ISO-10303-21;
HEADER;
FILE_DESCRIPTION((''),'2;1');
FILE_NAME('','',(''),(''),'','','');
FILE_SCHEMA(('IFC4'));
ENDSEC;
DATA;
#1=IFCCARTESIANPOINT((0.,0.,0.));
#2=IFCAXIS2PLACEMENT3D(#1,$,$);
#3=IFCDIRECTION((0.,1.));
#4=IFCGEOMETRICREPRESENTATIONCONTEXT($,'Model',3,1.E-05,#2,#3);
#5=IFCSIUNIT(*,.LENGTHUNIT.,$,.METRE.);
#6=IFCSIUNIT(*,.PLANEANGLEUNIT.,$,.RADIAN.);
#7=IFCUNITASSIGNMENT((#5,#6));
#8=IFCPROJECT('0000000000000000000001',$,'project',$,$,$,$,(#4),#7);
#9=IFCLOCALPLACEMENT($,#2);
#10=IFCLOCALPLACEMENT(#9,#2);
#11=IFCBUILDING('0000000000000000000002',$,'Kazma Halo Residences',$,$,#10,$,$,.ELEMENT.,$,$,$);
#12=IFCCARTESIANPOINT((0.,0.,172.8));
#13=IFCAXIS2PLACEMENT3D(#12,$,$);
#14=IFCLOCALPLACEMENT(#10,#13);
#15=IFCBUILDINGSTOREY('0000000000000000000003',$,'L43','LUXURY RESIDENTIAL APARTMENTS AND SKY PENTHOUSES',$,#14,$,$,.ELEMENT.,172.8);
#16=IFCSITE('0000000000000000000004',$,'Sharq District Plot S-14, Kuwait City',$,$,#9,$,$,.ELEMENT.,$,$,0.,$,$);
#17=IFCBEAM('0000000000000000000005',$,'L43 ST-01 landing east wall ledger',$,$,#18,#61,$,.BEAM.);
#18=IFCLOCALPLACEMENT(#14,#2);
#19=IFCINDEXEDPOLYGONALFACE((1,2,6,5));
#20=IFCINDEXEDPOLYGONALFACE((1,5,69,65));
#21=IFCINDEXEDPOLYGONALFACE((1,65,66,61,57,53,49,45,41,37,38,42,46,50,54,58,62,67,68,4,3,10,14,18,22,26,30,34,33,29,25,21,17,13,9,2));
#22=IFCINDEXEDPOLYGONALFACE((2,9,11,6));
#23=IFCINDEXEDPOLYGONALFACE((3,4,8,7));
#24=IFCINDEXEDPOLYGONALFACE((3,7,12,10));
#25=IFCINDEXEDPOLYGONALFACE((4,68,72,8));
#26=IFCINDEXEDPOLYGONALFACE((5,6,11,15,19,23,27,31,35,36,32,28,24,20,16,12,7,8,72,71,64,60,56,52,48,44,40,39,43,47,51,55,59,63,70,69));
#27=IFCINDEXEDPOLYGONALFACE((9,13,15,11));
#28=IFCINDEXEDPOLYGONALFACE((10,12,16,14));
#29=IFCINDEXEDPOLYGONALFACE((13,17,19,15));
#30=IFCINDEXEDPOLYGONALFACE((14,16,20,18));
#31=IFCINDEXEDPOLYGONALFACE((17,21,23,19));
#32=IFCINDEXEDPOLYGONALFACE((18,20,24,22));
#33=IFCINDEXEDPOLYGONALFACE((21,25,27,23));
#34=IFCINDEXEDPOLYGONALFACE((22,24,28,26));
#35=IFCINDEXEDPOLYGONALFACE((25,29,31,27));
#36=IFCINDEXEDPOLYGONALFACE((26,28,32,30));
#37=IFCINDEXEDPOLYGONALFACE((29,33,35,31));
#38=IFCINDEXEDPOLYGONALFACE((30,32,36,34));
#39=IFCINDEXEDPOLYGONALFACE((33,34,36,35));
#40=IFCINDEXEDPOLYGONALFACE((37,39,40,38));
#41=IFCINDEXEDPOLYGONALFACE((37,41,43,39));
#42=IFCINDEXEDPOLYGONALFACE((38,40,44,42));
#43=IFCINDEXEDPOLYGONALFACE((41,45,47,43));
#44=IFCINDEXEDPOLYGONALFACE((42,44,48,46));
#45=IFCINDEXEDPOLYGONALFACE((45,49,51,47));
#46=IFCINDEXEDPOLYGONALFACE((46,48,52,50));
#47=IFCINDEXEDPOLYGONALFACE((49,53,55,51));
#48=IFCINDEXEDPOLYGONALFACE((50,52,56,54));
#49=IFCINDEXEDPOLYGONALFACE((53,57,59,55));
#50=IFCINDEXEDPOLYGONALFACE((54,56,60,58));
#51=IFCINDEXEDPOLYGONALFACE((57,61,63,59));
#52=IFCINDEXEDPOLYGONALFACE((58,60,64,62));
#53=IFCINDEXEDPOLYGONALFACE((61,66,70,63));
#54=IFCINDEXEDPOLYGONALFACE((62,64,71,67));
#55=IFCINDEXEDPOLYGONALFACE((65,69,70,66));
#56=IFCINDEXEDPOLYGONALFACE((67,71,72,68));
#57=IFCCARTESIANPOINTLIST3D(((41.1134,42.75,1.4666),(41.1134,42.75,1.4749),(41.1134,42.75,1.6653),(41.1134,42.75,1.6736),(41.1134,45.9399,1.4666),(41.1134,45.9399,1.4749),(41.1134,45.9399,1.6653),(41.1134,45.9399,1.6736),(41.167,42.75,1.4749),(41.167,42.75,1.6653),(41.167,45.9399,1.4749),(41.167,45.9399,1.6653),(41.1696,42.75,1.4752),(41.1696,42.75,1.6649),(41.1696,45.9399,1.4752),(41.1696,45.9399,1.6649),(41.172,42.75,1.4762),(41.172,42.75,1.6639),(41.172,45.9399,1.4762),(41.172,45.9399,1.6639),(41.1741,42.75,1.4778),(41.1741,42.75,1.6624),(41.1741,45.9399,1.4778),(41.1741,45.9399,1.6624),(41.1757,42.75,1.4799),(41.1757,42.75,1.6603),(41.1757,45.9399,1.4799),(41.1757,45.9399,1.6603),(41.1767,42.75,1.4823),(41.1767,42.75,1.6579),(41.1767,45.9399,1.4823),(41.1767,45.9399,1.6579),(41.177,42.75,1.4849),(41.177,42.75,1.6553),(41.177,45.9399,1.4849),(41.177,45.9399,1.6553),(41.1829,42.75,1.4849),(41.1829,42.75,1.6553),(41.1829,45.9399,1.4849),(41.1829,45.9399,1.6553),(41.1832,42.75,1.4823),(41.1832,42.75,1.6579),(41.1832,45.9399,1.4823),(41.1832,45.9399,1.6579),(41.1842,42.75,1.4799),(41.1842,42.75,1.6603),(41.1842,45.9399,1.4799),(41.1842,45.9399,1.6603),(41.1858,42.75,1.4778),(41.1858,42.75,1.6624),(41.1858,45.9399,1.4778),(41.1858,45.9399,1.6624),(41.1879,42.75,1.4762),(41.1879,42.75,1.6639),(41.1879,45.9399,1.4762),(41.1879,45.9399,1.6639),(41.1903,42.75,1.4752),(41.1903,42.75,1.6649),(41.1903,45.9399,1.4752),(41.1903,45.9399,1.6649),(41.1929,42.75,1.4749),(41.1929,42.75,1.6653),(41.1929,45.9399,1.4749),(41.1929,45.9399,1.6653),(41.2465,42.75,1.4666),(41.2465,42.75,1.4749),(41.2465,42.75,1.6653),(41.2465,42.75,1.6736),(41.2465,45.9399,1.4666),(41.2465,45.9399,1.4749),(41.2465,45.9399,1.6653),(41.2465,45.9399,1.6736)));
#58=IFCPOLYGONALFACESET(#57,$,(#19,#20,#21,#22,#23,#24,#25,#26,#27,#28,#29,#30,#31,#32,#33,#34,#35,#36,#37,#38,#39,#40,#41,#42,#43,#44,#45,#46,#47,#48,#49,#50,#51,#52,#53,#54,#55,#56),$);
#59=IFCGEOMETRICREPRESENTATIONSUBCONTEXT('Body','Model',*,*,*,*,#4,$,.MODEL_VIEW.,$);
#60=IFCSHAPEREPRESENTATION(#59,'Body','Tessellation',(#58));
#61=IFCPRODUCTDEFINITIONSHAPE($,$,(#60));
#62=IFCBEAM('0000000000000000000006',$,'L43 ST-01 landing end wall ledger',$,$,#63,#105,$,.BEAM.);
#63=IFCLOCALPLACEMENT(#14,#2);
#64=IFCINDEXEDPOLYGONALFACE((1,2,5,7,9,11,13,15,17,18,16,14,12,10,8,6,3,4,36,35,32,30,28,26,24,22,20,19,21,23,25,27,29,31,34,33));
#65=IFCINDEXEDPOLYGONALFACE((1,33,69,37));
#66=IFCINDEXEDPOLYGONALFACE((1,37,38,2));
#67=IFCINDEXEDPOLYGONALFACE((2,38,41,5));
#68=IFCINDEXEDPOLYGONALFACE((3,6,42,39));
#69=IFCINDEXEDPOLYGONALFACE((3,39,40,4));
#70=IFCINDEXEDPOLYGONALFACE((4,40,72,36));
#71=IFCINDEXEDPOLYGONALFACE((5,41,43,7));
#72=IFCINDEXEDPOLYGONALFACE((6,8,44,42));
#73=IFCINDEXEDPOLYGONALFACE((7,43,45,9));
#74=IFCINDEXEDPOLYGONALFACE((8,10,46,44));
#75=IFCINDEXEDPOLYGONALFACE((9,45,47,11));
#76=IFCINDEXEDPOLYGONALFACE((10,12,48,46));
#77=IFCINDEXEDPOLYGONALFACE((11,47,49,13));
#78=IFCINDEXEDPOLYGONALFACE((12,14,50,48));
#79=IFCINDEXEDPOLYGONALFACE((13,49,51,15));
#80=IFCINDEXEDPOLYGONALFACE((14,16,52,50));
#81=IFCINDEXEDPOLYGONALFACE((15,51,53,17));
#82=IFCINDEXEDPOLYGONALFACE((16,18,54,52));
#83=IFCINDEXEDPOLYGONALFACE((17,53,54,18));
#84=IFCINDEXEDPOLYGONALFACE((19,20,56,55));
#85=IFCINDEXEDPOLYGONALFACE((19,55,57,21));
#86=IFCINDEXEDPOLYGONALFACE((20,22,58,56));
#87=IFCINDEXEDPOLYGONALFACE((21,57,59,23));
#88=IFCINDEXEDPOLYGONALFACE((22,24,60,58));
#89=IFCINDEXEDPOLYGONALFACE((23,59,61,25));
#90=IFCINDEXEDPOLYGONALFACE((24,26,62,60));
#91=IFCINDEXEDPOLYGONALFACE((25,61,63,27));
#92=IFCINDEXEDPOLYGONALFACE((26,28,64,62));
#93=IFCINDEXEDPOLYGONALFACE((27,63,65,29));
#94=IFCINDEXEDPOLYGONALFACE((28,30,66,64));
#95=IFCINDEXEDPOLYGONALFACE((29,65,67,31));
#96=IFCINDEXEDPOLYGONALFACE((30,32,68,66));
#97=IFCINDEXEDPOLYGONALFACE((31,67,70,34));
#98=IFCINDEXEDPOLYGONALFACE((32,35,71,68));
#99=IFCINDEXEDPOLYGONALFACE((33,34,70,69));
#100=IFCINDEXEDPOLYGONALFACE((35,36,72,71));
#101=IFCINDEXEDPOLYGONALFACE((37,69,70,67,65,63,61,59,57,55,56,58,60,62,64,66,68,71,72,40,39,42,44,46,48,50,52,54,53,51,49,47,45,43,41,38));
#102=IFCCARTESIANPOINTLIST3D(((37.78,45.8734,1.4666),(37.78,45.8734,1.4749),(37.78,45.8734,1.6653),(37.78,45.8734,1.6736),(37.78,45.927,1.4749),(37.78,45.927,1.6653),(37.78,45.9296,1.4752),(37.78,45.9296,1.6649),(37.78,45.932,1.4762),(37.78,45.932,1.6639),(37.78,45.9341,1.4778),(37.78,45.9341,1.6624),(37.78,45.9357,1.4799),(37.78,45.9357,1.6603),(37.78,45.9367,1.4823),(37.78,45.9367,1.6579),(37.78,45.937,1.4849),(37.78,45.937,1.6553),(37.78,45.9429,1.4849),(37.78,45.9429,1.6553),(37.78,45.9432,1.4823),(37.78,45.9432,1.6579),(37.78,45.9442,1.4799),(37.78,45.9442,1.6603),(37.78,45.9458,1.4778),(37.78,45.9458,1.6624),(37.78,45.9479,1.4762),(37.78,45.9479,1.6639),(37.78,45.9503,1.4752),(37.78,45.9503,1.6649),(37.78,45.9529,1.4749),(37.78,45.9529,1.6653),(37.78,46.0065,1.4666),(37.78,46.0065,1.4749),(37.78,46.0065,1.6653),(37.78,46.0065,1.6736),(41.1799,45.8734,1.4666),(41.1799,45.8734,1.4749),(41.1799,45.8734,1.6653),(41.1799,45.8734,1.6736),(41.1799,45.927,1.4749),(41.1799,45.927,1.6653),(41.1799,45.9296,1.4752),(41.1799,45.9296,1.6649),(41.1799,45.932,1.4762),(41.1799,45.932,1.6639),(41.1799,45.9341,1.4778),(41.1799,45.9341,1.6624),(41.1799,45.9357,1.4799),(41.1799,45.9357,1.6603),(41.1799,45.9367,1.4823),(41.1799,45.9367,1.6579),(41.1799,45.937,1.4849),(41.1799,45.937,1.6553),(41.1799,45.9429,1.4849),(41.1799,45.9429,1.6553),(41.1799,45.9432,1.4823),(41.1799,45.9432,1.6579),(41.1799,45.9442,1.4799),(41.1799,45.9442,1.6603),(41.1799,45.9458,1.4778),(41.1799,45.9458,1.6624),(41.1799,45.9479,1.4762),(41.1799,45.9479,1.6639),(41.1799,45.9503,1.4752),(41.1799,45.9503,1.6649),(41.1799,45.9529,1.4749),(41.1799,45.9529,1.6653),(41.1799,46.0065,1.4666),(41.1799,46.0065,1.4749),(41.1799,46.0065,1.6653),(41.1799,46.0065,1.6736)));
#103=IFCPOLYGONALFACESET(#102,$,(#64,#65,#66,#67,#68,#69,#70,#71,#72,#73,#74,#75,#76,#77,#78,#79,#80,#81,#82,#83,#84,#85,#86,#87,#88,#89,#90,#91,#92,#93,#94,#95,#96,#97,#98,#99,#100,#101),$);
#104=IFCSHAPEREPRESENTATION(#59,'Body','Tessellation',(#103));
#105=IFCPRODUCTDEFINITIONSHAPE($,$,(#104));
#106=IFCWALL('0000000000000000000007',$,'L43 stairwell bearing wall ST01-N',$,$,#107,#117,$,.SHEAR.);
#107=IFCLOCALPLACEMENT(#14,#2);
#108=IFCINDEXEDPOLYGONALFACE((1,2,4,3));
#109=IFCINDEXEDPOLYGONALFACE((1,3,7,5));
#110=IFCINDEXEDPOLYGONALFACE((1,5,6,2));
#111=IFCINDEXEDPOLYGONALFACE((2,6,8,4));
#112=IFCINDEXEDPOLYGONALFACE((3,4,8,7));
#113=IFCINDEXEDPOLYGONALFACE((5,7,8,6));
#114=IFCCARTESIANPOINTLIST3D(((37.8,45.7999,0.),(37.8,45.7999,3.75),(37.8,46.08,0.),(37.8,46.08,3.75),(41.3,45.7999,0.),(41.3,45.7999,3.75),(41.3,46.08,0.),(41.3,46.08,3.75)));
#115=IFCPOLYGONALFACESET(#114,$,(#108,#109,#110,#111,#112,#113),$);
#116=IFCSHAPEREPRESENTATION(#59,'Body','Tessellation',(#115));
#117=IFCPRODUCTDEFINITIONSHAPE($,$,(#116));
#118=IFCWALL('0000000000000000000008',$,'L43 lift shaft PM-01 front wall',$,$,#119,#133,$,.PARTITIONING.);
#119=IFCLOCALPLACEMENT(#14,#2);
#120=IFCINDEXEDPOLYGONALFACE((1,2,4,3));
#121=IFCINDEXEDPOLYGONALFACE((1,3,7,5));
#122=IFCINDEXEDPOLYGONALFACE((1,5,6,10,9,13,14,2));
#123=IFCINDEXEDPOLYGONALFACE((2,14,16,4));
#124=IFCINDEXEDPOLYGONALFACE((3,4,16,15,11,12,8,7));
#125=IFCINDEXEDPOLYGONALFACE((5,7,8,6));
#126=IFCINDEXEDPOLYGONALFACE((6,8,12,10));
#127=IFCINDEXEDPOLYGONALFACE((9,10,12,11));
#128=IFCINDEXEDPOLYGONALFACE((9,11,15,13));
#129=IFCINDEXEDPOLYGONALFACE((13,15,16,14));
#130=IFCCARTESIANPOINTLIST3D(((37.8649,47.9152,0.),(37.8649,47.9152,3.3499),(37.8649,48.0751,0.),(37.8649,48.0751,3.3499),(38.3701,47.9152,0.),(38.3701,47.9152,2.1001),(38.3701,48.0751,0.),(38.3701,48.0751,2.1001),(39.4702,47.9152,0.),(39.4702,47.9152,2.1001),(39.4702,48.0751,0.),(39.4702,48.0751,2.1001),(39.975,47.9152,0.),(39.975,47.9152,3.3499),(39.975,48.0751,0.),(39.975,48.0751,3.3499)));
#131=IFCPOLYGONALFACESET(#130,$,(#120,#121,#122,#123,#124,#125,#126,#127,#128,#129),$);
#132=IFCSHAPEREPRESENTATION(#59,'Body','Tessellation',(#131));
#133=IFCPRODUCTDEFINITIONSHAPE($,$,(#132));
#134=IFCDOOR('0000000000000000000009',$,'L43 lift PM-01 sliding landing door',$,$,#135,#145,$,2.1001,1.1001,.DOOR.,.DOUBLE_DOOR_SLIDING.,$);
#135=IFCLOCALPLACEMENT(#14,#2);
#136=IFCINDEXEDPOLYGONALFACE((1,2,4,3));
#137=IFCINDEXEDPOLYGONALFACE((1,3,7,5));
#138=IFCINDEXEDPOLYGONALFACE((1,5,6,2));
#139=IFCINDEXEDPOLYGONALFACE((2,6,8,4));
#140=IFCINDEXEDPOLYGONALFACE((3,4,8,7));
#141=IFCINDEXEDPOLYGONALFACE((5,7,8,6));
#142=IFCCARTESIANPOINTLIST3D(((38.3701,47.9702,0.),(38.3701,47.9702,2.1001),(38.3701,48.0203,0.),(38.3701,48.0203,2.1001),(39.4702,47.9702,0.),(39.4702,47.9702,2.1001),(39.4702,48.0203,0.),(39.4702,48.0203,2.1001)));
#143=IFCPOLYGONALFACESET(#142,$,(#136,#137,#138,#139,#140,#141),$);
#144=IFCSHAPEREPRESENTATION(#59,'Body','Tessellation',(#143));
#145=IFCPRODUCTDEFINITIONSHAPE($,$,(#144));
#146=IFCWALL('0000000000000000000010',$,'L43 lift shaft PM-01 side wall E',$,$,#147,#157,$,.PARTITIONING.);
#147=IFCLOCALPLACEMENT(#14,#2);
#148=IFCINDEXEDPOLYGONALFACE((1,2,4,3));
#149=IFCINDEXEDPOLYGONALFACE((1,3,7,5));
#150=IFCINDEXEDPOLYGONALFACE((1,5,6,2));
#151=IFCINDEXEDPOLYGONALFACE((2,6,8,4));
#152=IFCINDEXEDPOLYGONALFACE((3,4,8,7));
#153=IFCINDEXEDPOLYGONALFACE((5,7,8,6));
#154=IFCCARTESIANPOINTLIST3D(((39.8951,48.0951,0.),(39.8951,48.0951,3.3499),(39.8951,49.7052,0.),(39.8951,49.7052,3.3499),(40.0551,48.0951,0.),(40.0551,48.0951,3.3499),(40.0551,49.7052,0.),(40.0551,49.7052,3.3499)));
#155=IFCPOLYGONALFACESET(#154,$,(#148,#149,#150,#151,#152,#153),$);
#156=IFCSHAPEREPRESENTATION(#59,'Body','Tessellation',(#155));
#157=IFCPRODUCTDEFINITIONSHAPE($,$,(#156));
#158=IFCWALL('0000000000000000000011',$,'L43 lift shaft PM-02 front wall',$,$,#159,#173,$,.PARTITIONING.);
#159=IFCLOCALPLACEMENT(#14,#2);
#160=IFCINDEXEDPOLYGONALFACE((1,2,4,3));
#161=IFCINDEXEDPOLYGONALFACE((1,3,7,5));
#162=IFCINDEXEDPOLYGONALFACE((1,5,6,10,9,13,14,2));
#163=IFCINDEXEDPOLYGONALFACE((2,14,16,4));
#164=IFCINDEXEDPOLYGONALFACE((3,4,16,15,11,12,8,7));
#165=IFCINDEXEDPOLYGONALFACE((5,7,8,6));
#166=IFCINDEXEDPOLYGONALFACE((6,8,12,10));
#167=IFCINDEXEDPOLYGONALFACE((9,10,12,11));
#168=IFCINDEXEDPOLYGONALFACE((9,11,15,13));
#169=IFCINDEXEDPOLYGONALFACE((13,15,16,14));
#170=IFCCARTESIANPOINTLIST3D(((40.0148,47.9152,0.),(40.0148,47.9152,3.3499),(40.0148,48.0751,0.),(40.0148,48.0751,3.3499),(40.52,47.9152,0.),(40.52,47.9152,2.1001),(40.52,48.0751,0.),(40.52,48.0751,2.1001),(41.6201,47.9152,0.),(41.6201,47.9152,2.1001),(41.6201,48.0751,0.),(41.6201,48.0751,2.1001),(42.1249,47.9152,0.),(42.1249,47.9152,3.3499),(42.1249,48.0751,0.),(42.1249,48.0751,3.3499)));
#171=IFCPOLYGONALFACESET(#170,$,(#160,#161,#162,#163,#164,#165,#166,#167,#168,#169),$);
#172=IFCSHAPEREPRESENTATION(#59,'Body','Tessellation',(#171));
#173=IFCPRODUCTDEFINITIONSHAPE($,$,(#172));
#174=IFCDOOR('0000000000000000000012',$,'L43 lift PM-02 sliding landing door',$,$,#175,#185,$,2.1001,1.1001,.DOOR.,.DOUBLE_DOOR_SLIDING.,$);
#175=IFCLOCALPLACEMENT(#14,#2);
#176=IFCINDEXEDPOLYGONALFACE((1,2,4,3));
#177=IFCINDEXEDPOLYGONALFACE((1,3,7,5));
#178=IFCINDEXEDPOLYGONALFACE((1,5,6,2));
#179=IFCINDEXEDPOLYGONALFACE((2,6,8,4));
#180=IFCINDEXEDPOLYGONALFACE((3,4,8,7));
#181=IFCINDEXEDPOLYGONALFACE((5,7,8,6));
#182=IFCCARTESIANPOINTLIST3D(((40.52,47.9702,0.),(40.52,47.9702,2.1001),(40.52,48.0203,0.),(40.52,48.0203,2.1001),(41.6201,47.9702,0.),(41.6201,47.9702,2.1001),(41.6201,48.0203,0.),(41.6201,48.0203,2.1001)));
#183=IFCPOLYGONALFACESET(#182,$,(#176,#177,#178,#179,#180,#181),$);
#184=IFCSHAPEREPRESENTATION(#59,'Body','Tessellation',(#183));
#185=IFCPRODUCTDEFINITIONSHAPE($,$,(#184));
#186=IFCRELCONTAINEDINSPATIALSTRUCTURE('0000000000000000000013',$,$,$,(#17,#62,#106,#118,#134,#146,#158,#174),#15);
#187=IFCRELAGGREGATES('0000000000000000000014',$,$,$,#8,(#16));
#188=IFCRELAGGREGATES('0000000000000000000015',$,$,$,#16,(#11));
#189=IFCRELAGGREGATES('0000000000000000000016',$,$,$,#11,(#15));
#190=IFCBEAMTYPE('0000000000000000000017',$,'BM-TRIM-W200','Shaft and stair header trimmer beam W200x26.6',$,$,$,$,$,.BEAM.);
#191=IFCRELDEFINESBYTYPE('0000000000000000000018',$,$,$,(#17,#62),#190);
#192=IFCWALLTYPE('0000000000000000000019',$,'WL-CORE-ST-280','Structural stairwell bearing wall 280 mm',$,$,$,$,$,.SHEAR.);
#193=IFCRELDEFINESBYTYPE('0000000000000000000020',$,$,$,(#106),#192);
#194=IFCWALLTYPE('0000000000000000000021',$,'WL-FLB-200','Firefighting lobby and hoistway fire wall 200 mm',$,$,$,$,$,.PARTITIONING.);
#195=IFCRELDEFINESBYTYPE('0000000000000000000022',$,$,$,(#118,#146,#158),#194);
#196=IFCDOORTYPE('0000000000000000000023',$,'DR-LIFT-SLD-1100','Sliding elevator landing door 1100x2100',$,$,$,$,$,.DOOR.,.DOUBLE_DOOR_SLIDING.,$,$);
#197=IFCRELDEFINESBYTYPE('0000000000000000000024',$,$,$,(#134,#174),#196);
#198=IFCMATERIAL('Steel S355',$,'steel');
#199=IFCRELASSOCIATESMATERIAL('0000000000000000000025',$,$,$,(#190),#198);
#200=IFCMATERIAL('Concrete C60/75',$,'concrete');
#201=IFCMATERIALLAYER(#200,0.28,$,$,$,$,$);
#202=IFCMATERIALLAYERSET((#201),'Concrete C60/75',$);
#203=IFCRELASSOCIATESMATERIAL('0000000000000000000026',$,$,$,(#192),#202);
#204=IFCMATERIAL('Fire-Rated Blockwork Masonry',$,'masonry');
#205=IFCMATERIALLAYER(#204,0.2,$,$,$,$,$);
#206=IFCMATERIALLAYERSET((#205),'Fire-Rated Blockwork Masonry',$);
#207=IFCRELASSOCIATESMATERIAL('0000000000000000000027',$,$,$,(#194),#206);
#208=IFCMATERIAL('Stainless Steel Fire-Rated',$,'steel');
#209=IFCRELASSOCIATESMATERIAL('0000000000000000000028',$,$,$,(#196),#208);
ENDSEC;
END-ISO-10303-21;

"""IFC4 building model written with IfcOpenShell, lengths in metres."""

from ifc_helpers import new_model, si_unit, direction, frame, frame_2d, origin, origin_2d, place, context, subcontext, project, spatial, rectangle, i_section, extrude, material, layer, layer_set, material_profile, profile_set, type_object, element, fill, save


model = new_model("IFC4")

# Units and contexts
model_context = context("Model", 3, precision=1e-05, world=origin(), true_north=direction((0.0, 1.0)))
body_context = subcontext(model_context, "Body", "Model", "MODEL_VIEW")
ifc_project = project(units=[si_unit("LENGTHUNIT", "METRE"), si_unit("PLANEANGLEUNIT", "RADIAN")], contexts=[model_context])

# Site, building, storey
site_placement = place(None, origin())
site = spatial("IfcSite", under=ifc_project, at=site_placement, Name="Sharq District Plot S-14, Kuwait City", CompositionType="ELEMENT", RefElevation=0.0)
building_placement = place(site_placement, origin())
building = spatial("IfcBuilding", under=site, at=building_placement, Name="Kazma Halo Residences", CompositionType="ELEMENT")
storey_placement = place(building_placement, frame((0.0, 0.0, 172.8)))
storey = spatial("IfcBuildingStorey", under=building, at=storey_placement, Name="L43", Description="LUXURY RESIDENTIAL APARTMENTS AND SKY PENTHOUSES", CompositionType="ELEMENT", Elevation=172.8)

# Shared definitions
ifc_material_1 = material(Name="Steel S355", Category="steel")

# Beams
ifc_material_profile_1 = material_profile(ifc_material_1, i_section(OverallWidth=0.1331, OverallDepth=0.207, WebThickness=0.0059, FlangeThickness=0.0083, FilletRadius=0.01, at=origin_2d()), Name="W200x26.6")
ifc_profile_set_1 = profile_set([ifc_material_profile_1], Name="Steel S355")
beam_type_1 = type_object("IfcBeamType", Name="BM-TRIM-W200", Description="Shaft and stair header trimmer beam W200x26.6", PredefinedType="BEAM", material=ifc_profile_set_1)
beam_1_placement = place(storey_placement, frame((41.1799, 42.75, 1.5701), z_axis=(0.0, 1.0, 0.0), x_axis=(-1.0, 0.0, 0.0)))
element("IfcBeam", 1, at=beam_1_placement, inside=storey, type_object=beam_type_1, Name="L43 ST-01 landing east wall ledger", PredefinedType="BEAM", context=body_context, shape_type="SweptSolid", body=[
    extrude(i_section(OverallWidth=0.1331, OverallDepth=0.207, WebThickness=0.0059, FlangeThickness=0.0083, FilletRadius=0.01, at=origin_2d()), origin(), (0.0, 0.0, 1.0), 3.1899),
])
beam_2_placement = place(storey_placement, frame((37.78, 45.9399, 1.5701), z_axis=(1.0, 0.0, 0.0), x_axis=(0.0, 1.0, 0.0)))
element("IfcBeam", 2, at=beam_2_placement, inside=storey, type_object=beam_type_1, Name="L43 ST-01 landing end wall ledger", PredefinedType="BEAM", context=body_context, shape_type="SweptSolid", body=[
    extrude(i_section(OverallWidth=0.1331, OverallDepth=0.207, WebThickness=0.0059, FlangeThickness=0.0083, FilletRadius=0.01, at=origin_2d()), origin(), (0.0, 0.0, 1.0), 3.3999),
])

# Wall
ifc_material_2 = material(Name="Concrete C60/75", Category="concrete")
ifc_layer_1 = layer(ifc_material_2, 0.28)
ifc_layer_set_1 = layer_set([ifc_layer_1], Name="Concrete C60/75")
wall_type_1 = type_object("IfcWallType", Name="WL-CORE-ST-280", Description="Structural stairwell bearing wall 280 mm", PredefinedType="SHEAR", material=ifc_layer_set_1)
wall_1_placement = place(storey_placement, frame((37.8, 45.9399, 0.0), z_axis=(0.0, 0.0, 1.0), x_axis=(1.0, 0.0, 0.0)))
element("IfcWall", 3, at=wall_1_placement, inside=storey, type_object=wall_type_1, Name="L43 stairwell bearing wall ST01-N", PredefinedType="SHEAR", context=body_context, shape_type="SweptSolid", body=[
    extrude(rectangle(XDim=3.5, YDim=0.28, at=frame_2d((1.75, 0.0))), origin(), (0.0, 0.0, 1.0), 3.75),
])

# Wall, opening, door
ifc_material_3 = material(Name="Fire-Rated Blockwork Masonry", Category="masonry")
ifc_layer_2 = layer(ifc_material_3, 0.2)
ifc_layer_set_2 = layer_set([ifc_layer_2], Name="Fire-Rated Blockwork Masonry")
wall_type_2 = type_object("IfcWallType", Name="WL-FLB-200", Description="Firefighting lobby and hoistway fire wall 200 mm", PredefinedType="PARTITIONING", material=ifc_layer_set_2)
wall_2_placement = place(storey_placement, frame((39.9751, 47.9951, 0.0), z_axis=(0.0, 0.0, 1.0), x_axis=(-1.0, 0.0, 0.0)))
wall_2 = element("IfcWall", 4, at=wall_2_placement, inside=storey, type_object=wall_type_2, Name="L43 lift shaft PM-01 front wall", PredefinedType="PARTITIONING", context=body_context, shape_type="SweptSolid", body=[
    extrude(rectangle(XDim=2.1101, YDim=0.1599, at=frame_2d((1.0552, 0.0))), origin(), (0.0, 0.0, 1.0), 3.3499),
])
opening_1_placement = place(wall_2_placement, frame((0.5049, 0.0, 0.0)))
opening_1 = element("IfcOpeningElement", 5, at=opening_1_placement, cuts=wall_2, PredefinedType="OPENING", context=body_context, shape_type="SweptSolid", body=[
    extrude(rectangle(XDim=1.1001, YDim=2.1001, at=frame_2d((0.55, 1.05))), frame((0.0, 0.0898, 0.0), z_axis=(0.0, -1.0, 0.0), x_axis=(1.0, 0.0, 0.0)), (0.0, 0.0, 1.0), 0.1799),
])
ifc_material_4 = material(Name="Stainless Steel Fire-Rated", Category="steel")
door_type = type_object("IfcDoorType", Name="DR-LIFT-SLD-1100", Description="Sliding elevator landing door 1100x2100", OperationType="DOUBLE_DOOR_SLIDING", PredefinedType="DOOR", material=ifc_material_4)
door_1_placement = place(opening_1_placement, origin())
door_1 = element("IfcDoor", 6, at=door_1_placement, inside=storey, type_object=door_type, Name="L43 lift PM-01 sliding landing door", OperationType="DOUBLE_DOOR_SLIDING", OverallHeight=2.1001, OverallWidth=1.1001, PredefinedType="DOOR", context=body_context, shape_type="SweptSolid", body=[
    extrude(rectangle(XDim=1.1001, YDim=2.1001, at=frame_2d((0.55, 1.05))), frame((0.0, 0.0249, 0.0), z_axis=(0.0, -1.0, 0.0), x_axis=(1.0, 0.0, 0.0)), (0.0, 0.0, 1.0), 0.05),
])
fill(opening_1, door_1)

# Wall
wall_3_placement = place(storey_placement, frame((39.9751, 48.095, 0.0), z_axis=(0.0, 0.0, 1.0), x_axis=(0.0, 1.0, 0.0)))
element("IfcWall", 7, at=wall_3_placement, inside=storey, type_object=wall_type_2, Name="L43 lift shaft PM-01 side wall E", PredefinedType="PARTITIONING", context=body_context, shape_type="SweptSolid", body=[
    extrude(rectangle(XDim=1.6101, YDim=0.1599, at=frame_2d((0.8052, 0.0))), origin(), (0.0, 0.0, 1.0), 3.3499),
])

# Wall, opening, door
wall_4_placement = place(storey_placement, frame((42.125, 47.9951, 0.0), z_axis=(0.0, 0.0, 1.0), x_axis=(-1.0, 0.0, 0.0)))
wall_4 = element("IfcWall", 8, at=wall_4_placement, inside=storey, type_object=wall_type_2, Name="L43 lift shaft PM-02 front wall", PredefinedType="PARTITIONING", context=body_context, shape_type="SweptSolid", body=[
    extrude(rectangle(XDim=2.1101, YDim=0.1599, at=frame_2d((1.0552, 0.0))), origin(), (0.0, 0.0, 1.0), 3.3499),
])
opening_2_placement = place(wall_4_placement, frame((0.5049, 0.0, 0.0)))
opening_2 = element("IfcOpeningElement", 9, at=opening_2_placement, cuts=wall_4, PredefinedType="OPENING", context=body_context, shape_type="SweptSolid", body=[
    extrude(rectangle(XDim=1.1001, YDim=2.1001, at=frame_2d((0.55, 1.05))), frame((0.0, 0.0898, 0.0), z_axis=(0.0, -1.0, 0.0), x_axis=(1.0, 0.0, 0.0)), (0.0, 0.0, 1.0), 0.1799),
])
door_2_placement = place(opening_2_placement, origin())
door_2 = element("IfcDoor", 10, at=door_2_placement, inside=storey, type_object=door_type, Name="L43 lift PM-02 sliding landing door", OperationType="DOUBLE_DOOR_SLIDING", OverallHeight=2.1001, OverallWidth=1.1001, PredefinedType="DOOR", context=body_context, shape_type="SweptSolid", body=[
    extrude(rectangle(XDim=1.1001, YDim=2.1001, at=frame_2d((0.55, 1.05))), frame((0.0, 0.0249, 0.0), z_axis=(0.0, -1.0, 0.0), x_axis=(1.0, 0.0, 0.0)), (0.0, 0.0, 1.0), 0.05),
])
fill(opening_2, door_2)

save(model, "model.ifc")
